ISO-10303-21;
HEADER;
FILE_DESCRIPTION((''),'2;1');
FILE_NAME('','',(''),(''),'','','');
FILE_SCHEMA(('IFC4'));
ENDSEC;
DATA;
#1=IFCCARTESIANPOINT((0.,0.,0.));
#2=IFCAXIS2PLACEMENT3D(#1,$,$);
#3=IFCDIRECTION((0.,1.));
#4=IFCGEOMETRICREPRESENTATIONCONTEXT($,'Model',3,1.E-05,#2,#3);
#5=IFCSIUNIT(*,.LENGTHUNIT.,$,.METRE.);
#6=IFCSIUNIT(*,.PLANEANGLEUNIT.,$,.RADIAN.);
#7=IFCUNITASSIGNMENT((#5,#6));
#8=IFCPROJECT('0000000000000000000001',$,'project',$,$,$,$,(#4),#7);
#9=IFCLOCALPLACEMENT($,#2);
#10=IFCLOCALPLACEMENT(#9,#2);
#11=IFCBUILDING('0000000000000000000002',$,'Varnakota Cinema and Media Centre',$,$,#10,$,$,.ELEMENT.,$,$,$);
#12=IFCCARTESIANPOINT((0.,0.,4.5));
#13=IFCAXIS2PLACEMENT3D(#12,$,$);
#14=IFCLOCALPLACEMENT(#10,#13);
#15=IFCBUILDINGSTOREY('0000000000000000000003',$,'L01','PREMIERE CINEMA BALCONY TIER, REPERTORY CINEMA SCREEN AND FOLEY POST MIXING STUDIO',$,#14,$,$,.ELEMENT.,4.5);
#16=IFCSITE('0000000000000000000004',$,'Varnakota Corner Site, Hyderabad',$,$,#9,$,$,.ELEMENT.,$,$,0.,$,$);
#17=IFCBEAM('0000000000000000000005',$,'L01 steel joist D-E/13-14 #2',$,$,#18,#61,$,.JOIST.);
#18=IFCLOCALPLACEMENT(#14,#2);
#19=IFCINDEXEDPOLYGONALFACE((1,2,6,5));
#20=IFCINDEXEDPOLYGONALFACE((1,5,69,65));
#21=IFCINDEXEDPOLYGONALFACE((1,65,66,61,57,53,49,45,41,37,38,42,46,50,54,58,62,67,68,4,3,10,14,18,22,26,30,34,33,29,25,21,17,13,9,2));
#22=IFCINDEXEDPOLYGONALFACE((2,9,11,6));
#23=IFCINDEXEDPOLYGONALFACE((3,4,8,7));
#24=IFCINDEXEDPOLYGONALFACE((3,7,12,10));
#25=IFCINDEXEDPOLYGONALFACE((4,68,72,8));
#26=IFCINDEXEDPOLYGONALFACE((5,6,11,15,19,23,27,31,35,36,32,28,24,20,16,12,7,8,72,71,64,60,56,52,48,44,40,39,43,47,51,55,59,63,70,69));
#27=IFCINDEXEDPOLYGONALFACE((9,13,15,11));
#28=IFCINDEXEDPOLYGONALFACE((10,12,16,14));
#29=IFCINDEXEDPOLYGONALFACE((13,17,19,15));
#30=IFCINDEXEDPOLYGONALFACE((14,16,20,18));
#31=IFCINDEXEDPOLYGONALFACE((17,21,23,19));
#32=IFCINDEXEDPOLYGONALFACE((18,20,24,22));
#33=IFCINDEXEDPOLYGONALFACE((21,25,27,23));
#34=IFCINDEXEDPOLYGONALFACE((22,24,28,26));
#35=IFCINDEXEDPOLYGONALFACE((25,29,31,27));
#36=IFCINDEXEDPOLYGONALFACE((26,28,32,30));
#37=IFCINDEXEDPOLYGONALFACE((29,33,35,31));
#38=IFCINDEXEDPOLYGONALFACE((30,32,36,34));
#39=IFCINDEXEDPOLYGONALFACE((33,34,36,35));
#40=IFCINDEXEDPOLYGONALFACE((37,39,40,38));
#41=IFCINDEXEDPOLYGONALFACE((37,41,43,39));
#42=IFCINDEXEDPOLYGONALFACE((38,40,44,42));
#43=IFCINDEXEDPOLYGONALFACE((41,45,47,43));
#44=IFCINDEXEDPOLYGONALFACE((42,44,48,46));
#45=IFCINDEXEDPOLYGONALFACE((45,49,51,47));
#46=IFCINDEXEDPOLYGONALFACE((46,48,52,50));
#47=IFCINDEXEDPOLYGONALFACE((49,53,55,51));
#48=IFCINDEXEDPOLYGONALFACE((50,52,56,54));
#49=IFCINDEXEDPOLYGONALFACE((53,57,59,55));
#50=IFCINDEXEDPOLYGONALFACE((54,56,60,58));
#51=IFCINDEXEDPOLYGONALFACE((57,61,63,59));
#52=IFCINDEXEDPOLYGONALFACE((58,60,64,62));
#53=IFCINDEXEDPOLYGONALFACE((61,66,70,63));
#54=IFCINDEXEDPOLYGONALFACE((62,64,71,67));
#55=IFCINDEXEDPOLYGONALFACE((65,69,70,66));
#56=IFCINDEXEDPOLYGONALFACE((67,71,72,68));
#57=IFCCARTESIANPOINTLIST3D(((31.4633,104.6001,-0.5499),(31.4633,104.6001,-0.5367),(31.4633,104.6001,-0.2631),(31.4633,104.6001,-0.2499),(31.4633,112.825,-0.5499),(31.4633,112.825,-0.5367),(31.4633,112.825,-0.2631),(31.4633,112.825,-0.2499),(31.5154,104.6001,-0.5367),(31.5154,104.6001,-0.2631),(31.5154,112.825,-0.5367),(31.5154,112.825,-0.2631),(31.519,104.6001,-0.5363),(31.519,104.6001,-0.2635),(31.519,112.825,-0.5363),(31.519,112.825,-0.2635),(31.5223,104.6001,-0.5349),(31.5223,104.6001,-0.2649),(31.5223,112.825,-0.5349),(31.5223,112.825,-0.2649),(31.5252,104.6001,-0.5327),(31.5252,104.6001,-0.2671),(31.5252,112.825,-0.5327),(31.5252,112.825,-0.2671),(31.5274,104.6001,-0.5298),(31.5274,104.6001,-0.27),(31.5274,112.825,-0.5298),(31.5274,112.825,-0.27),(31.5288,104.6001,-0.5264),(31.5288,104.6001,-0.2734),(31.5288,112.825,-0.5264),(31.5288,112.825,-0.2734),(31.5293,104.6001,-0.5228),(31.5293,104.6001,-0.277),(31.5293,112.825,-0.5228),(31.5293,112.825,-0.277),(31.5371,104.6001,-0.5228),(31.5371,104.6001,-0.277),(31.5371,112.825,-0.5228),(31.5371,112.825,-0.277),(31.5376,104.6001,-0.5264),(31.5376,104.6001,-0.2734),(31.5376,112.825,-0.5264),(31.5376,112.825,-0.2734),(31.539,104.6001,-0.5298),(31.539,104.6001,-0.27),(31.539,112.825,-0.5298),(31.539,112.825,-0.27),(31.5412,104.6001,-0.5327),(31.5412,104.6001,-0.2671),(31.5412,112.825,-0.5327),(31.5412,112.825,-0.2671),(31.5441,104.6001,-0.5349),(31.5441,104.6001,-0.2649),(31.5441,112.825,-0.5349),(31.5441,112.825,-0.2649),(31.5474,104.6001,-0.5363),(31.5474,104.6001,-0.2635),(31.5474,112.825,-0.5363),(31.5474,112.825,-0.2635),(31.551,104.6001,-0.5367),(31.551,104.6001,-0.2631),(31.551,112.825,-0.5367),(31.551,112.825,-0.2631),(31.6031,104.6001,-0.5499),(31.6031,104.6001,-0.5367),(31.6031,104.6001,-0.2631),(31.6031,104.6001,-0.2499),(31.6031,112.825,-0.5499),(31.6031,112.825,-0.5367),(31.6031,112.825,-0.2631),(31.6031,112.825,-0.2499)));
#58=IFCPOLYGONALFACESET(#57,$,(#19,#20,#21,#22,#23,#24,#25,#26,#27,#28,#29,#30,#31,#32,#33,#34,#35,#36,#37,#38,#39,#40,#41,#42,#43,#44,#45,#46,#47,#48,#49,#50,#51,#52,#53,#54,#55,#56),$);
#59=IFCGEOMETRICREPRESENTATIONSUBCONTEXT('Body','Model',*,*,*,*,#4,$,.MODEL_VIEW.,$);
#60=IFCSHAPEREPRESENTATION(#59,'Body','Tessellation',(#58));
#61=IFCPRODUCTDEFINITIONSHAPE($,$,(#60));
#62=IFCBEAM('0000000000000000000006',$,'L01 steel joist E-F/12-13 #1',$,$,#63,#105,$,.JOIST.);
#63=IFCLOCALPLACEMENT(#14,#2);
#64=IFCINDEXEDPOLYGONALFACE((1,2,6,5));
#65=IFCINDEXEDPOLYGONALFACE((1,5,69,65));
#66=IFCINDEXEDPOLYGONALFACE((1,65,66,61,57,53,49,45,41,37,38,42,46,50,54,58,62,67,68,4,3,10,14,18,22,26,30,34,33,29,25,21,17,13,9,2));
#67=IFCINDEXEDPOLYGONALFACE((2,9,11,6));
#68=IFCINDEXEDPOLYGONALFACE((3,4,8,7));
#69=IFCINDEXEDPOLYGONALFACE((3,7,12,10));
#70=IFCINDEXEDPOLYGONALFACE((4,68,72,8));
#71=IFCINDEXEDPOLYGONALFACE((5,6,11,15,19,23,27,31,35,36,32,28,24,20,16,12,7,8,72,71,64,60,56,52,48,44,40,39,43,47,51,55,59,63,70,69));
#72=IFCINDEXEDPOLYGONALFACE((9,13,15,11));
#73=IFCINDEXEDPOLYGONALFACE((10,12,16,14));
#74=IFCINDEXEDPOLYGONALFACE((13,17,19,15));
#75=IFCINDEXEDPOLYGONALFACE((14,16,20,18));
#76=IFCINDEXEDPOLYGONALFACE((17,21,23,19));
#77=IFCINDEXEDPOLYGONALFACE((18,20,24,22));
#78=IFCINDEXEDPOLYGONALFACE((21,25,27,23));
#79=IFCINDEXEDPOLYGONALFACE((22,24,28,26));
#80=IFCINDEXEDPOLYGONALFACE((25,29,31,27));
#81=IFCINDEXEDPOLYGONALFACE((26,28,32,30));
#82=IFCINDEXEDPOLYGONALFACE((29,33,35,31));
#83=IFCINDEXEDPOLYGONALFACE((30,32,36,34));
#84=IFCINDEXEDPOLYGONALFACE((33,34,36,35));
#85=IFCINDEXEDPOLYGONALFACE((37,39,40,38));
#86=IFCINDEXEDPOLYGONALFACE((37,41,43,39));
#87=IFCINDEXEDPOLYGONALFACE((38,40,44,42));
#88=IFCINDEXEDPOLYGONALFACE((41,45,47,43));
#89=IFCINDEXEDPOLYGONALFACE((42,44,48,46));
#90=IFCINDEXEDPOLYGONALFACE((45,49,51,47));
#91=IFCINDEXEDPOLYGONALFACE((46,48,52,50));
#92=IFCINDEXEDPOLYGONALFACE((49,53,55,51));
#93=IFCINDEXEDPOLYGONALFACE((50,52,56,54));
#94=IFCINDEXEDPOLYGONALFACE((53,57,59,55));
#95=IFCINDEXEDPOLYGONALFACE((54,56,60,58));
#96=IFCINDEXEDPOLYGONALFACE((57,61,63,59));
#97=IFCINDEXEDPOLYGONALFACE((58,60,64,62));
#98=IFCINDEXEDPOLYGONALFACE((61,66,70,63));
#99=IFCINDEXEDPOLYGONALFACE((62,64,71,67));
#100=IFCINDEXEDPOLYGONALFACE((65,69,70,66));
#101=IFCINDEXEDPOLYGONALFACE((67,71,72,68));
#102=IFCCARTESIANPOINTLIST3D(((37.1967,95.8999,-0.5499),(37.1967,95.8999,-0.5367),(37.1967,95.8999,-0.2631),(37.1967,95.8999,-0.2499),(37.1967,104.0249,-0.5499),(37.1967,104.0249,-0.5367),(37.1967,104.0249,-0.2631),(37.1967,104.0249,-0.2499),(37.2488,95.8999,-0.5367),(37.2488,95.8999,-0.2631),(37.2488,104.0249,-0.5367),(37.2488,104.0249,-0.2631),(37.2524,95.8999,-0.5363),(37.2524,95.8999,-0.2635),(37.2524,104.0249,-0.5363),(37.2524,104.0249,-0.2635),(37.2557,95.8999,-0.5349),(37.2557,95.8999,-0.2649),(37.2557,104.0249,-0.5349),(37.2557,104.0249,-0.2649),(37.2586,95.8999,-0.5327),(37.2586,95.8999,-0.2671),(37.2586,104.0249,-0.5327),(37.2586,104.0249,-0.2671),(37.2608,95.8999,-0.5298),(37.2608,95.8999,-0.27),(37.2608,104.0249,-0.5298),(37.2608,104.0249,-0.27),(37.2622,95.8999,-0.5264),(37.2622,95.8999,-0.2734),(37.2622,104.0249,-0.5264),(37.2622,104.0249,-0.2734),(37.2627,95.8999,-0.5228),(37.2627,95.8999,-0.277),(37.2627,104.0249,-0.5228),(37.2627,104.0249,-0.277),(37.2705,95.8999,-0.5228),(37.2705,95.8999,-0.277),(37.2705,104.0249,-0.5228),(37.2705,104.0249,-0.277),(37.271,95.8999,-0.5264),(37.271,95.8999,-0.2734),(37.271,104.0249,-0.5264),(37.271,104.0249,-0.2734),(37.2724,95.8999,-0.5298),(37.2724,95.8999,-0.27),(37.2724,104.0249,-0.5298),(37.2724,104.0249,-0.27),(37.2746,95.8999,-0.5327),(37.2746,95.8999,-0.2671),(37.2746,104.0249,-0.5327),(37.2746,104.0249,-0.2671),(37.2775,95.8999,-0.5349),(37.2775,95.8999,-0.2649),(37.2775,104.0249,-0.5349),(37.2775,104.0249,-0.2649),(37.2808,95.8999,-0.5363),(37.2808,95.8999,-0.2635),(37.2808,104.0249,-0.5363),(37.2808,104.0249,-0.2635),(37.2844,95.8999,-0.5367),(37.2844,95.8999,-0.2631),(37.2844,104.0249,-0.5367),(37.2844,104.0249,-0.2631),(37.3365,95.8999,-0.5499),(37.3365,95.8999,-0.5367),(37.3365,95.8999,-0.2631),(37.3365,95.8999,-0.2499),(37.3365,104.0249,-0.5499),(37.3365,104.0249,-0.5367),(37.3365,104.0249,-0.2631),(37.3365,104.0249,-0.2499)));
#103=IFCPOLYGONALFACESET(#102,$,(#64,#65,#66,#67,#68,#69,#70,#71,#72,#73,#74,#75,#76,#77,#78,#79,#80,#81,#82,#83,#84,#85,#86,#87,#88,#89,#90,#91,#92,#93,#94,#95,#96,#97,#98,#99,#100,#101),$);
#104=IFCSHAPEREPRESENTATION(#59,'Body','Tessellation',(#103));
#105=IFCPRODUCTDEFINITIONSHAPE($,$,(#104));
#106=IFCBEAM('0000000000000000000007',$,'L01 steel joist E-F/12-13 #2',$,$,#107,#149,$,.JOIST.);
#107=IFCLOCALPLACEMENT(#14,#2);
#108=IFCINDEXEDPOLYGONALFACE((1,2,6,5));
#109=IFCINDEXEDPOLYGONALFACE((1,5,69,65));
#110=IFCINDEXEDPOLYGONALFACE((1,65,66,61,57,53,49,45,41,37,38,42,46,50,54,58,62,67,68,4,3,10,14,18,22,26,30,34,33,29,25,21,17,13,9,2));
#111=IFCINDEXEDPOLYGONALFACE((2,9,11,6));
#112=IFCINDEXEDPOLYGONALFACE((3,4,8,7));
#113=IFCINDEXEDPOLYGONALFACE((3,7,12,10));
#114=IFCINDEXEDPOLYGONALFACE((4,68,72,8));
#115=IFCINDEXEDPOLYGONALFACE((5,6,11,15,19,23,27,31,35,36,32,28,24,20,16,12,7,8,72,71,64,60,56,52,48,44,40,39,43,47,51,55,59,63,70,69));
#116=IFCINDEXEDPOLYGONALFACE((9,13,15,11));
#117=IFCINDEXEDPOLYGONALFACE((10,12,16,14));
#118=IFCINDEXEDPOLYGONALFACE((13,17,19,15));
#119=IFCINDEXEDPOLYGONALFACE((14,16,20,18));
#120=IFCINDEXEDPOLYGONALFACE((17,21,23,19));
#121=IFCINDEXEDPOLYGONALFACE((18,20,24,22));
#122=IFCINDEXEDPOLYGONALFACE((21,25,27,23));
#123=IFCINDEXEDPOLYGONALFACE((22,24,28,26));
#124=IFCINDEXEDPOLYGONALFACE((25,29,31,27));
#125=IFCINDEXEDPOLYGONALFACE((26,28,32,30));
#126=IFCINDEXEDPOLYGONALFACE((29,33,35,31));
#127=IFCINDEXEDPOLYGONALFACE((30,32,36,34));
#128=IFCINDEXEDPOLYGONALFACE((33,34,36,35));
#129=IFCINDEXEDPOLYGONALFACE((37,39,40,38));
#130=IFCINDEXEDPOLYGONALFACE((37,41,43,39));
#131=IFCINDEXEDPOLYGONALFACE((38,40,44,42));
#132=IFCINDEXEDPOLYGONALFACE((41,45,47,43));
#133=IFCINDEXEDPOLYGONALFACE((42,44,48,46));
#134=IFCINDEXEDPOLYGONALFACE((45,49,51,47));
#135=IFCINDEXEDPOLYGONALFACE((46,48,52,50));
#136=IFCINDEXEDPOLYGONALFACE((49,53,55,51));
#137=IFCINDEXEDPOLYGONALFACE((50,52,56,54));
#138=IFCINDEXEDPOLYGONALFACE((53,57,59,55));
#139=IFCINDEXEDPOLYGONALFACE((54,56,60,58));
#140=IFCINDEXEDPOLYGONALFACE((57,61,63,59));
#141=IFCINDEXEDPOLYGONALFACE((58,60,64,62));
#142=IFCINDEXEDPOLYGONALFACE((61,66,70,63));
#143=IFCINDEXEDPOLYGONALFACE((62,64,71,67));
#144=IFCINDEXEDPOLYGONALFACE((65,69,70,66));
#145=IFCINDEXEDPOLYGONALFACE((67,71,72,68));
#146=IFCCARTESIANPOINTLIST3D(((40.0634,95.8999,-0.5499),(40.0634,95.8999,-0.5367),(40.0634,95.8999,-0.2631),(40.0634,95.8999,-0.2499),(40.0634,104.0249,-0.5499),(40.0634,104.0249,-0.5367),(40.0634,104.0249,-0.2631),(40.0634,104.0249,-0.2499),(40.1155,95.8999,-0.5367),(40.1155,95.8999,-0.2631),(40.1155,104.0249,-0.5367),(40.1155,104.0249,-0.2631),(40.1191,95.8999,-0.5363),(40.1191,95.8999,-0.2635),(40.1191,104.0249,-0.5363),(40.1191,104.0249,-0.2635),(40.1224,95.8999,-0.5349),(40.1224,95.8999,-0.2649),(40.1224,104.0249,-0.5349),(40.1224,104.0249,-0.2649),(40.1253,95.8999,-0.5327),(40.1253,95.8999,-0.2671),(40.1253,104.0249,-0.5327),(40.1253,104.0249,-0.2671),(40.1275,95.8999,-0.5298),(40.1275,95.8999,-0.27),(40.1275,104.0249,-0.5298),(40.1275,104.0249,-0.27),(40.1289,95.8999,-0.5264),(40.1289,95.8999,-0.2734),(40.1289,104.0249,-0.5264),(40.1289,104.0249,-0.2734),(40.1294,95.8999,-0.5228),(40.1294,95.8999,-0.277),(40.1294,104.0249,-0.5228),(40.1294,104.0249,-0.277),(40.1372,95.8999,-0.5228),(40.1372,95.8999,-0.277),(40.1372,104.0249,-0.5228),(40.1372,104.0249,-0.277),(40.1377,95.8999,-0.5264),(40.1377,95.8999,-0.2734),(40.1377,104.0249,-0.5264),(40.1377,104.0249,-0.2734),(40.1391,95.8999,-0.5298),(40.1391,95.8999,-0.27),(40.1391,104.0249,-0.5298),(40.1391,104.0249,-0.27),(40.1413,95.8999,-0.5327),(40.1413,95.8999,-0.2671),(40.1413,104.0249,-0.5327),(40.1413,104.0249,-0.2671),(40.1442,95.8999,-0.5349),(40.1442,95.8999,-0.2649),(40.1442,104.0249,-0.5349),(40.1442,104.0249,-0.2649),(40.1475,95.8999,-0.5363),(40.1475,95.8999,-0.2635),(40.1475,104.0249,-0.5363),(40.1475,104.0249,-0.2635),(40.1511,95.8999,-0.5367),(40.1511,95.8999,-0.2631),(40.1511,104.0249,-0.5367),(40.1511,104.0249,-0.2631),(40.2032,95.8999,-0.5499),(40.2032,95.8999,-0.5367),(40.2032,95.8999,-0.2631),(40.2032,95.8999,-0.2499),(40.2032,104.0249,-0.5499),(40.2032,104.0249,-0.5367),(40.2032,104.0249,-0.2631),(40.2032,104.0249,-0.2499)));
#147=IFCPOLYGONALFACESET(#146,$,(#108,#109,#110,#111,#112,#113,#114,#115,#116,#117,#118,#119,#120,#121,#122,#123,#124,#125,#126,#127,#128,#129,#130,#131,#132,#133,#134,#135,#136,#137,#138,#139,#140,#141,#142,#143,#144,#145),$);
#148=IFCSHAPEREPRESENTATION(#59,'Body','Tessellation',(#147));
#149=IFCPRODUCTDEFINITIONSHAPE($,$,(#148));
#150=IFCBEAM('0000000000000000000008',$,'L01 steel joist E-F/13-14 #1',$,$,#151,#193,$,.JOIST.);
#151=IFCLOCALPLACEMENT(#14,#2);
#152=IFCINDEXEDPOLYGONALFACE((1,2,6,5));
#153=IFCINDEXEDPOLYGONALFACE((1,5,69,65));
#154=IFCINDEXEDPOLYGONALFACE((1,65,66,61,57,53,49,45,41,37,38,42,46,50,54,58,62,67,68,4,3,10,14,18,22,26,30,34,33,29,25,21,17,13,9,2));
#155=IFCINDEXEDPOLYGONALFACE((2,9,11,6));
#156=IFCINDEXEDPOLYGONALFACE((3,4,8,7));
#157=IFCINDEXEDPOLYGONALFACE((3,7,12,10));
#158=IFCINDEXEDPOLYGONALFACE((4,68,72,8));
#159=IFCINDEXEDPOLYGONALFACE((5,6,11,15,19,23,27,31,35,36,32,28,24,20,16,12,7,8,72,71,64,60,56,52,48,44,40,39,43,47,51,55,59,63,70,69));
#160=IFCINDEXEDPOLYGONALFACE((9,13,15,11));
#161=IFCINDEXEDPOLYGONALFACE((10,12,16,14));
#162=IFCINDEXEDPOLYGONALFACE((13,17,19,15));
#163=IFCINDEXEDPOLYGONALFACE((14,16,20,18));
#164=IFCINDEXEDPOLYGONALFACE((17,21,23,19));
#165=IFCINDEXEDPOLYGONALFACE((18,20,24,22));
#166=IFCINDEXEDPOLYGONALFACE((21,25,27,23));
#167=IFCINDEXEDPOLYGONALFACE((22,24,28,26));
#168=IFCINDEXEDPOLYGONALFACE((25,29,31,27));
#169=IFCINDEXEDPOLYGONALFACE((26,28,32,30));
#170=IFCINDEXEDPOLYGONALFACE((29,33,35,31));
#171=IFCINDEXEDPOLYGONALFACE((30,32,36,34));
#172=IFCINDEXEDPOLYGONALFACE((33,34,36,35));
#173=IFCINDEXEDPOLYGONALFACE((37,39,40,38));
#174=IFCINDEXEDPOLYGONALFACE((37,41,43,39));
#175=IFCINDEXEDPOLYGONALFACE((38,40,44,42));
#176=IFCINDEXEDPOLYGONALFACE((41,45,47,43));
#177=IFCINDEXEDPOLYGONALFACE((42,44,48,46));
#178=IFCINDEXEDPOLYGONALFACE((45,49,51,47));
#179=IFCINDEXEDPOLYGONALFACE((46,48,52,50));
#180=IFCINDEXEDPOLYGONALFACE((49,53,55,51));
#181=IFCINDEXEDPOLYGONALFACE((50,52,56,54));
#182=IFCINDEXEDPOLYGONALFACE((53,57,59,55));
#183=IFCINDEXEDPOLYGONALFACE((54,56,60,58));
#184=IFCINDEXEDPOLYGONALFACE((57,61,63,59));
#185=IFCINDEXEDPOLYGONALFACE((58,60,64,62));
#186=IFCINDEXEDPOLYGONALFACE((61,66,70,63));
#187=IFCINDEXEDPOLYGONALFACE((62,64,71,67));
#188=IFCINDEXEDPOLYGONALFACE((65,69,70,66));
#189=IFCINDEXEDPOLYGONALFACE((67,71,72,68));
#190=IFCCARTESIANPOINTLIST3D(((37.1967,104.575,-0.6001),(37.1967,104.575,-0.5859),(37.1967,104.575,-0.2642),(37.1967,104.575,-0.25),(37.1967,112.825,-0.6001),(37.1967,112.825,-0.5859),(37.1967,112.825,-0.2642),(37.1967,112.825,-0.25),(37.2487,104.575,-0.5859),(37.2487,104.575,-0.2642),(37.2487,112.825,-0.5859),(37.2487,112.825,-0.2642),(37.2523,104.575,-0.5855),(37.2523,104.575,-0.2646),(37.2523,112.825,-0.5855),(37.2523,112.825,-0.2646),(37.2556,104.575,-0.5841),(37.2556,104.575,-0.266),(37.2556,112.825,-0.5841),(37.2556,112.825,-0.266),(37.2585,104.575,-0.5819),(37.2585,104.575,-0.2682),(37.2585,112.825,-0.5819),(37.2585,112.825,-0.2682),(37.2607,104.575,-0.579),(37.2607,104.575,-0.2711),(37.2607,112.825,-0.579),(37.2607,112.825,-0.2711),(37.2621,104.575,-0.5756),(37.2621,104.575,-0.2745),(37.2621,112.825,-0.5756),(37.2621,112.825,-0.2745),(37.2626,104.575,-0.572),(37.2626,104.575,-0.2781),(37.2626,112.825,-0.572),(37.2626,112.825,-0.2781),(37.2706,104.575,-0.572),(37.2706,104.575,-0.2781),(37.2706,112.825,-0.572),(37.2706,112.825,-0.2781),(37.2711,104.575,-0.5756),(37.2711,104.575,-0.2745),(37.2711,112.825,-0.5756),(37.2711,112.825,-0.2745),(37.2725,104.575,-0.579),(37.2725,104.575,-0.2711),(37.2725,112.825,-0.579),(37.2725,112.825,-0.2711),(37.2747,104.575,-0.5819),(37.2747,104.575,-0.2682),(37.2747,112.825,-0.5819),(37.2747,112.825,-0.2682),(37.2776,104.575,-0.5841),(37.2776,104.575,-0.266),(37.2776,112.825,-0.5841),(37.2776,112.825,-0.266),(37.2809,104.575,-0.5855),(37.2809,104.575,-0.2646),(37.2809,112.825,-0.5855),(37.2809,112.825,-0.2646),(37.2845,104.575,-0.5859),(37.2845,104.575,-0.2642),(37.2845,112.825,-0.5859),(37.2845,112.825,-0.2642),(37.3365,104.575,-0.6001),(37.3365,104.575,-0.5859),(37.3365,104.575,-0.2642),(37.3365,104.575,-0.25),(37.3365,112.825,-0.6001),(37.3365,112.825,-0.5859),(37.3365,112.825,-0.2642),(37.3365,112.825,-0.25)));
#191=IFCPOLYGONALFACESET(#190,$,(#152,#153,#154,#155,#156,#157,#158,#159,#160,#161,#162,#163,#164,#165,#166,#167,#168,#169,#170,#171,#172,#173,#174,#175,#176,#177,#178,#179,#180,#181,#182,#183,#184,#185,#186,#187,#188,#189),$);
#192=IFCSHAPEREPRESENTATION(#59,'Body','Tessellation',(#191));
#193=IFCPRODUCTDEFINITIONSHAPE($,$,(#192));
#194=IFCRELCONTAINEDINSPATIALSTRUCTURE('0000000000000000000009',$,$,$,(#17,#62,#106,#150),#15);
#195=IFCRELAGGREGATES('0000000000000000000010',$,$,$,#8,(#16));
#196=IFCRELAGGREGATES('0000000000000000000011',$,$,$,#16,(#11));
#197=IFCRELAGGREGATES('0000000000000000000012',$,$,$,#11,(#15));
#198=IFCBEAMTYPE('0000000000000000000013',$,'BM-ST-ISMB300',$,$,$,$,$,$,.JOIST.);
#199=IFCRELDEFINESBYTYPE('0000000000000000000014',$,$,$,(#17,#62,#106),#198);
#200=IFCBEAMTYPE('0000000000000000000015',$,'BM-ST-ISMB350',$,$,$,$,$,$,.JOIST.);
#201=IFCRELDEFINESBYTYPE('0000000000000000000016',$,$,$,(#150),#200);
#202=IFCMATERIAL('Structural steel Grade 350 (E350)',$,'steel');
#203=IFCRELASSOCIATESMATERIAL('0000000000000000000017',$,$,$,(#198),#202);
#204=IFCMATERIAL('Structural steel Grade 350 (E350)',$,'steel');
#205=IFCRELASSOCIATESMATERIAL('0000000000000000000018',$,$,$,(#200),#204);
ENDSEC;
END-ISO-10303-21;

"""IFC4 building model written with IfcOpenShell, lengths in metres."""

from ifc_helpers import new_model, si_unit, direction, frame, origin, origin_2d, place, context, subcontext, project, spatial, i_section, extrude, material, material_profile, profile_set, type_object, element, save


model = new_model("IFC4")

# Units and contexts
model_context = context("Model", 3, precision=1e-05, world=origin(), true_north=direction((0.0, 1.0)))
body_context = subcontext(model_context, "Body", "Model", "MODEL_VIEW")
ifc_project = project(units=[si_unit("LENGTHUNIT", "METRE"), si_unit("PLANEANGLEUNIT", "RADIAN")], contexts=[model_context])

# Site, building, storey
site_placement = place(None, origin())
site = spatial("IfcSite", under=ifc_project, at=site_placement, Name="Varnakota Corner Site, Hyderabad", CompositionType="ELEMENT", RefElevation=0.0)
building_placement = place(site_placement, origin())
building = spatial("IfcBuilding", under=site, at=building_placement, Name="Varnakota Cinema and Media Centre", CompositionType="ELEMENT")
storey_placement = place(building_placement, frame((0.0, 0.0, 4.5)))
storey = spatial("IfcBuildingStorey", under=building, at=storey_placement, Name="L01", Description="PREMIERE CINEMA BALCONY TIER, REPERTORY CINEMA SCREEN AND FOLEY POST MIXING STUDIO", CompositionType="ELEMENT", Elevation=4.5)

# Beams
ifc_material_1 = material(Name="Structural steel Grade 350 (E350)", Category="steel")
ifc_material_profile_1 = material_profile(ifc_material_1, i_section(OverallWidth=0.1399, OverallDepth=0.3, WebThickness=0.0078, FlangeThickness=0.0132, FilletRadius=0.0139, at=origin_2d()), Name="ISMB 300")
ifc_profile_set_1 = profile_set([ifc_material_profile_1], Name="Structural steel Grade 350 (E350)")
beam_type_1 = type_object("IfcBeamType", Name="BM-ST-ISMB300", PredefinedType="JOIST", material=ifc_profile_set_1)
for number, where, z_axis, x_axis, name in (
    (1, (31.5332, 104.6001, -0.3999), (0.0, 1.0, 0.0), (-1.0, 0.0, 0.0), "L01 steel joist D-E/13-14 #2"),
):
    element("IfcBeam", number, at=place(storey_placement, frame(where, z_axis=z_axis, x_axis=x_axis)), inside=storey, type_object=beam_type_1, Name=name, PredefinedType="JOIST", context=body_context, shape_type="SweptSolid", body=[
        extrude(i_section(OverallWidth=0.1399, OverallDepth=0.3, WebThickness=0.0078, FlangeThickness=0.0132, FilletRadius=0.0139, at=origin_2d()), origin(), (0.0, 0.0, 1.0), 8.2249),
    ])
for number, where, z_axis, x_axis, name in (
    (2, (37.2666, 95.8999, -0.3999), (0.0, 1.0, 0.0), (-1.0, 0.0, 0.0), "L01 steel joist E-F/12-13 #1"),
    (3, (40.1333, 95.8999, -0.3999), (0.0, 1.0, 0.0), (-1.0, 0.0, 0.0), "L01 steel joist E-F/12-13 #2"),
):
    element("IfcBeam", number, at=place(storey_placement, frame(where, z_axis=z_axis, x_axis=x_axis)), inside=storey, type_object=beam_type_1, Name=name, PredefinedType="JOIST", context=body_context, shape_type="SweptSolid", body=[
        extrude(i_section(OverallWidth=0.1399, OverallDepth=0.3, WebThickness=0.0078, FlangeThickness=0.0132, FilletRadius=0.0139, at=origin_2d()), origin(), (0.0, 0.0, 1.0), 8.125),
    ])
ifc_material_2 = material(Name="Structural steel Grade 350 (E350)", Category="steel")
ifc_material_profile_2 = material_profile(ifc_material_2, i_section(OverallWidth=0.1399, OverallDepth=0.3501, WebThickness=0.0081, FlangeThickness=0.0142, FilletRadius=0.0139, at=origin_2d()), Name="ISMB 350")
ifc_profile_set_2 = profile_set([ifc_material_profile_2], Name="Structural steel Grade 350 (E350)")
beam_type_2 = type_object("IfcBeamType", Name="BM-ST-ISMB350", PredefinedType="JOIST", material=ifc_profile_set_2)
for number, where, z_axis, x_axis, name in (
    (4, (37.2666, 104.575, -0.425), (0.0, 1.0, 0.0), (-1.0, 0.0, 0.0), "L01 steel joist E-F/13-14 #1"),
):
    element("IfcBeam", number, at=place(storey_placement, frame(where, z_axis=z_axis, x_axis=x_axis)), inside=storey, type_object=beam_type_2, Name=name, PredefinedType="JOIST", context=body_context, shape_type="SweptSolid", body=[
        extrude(i_section(OverallWidth=0.1399, OverallDepth=0.3501, WebThickness=0.0081, FlangeThickness=0.0142, FilletRadius=0.0139, at=origin_2d()), origin(), (0.0, 0.0, 1.0), 8.25),
    ])

save(model, "model.ifc")
